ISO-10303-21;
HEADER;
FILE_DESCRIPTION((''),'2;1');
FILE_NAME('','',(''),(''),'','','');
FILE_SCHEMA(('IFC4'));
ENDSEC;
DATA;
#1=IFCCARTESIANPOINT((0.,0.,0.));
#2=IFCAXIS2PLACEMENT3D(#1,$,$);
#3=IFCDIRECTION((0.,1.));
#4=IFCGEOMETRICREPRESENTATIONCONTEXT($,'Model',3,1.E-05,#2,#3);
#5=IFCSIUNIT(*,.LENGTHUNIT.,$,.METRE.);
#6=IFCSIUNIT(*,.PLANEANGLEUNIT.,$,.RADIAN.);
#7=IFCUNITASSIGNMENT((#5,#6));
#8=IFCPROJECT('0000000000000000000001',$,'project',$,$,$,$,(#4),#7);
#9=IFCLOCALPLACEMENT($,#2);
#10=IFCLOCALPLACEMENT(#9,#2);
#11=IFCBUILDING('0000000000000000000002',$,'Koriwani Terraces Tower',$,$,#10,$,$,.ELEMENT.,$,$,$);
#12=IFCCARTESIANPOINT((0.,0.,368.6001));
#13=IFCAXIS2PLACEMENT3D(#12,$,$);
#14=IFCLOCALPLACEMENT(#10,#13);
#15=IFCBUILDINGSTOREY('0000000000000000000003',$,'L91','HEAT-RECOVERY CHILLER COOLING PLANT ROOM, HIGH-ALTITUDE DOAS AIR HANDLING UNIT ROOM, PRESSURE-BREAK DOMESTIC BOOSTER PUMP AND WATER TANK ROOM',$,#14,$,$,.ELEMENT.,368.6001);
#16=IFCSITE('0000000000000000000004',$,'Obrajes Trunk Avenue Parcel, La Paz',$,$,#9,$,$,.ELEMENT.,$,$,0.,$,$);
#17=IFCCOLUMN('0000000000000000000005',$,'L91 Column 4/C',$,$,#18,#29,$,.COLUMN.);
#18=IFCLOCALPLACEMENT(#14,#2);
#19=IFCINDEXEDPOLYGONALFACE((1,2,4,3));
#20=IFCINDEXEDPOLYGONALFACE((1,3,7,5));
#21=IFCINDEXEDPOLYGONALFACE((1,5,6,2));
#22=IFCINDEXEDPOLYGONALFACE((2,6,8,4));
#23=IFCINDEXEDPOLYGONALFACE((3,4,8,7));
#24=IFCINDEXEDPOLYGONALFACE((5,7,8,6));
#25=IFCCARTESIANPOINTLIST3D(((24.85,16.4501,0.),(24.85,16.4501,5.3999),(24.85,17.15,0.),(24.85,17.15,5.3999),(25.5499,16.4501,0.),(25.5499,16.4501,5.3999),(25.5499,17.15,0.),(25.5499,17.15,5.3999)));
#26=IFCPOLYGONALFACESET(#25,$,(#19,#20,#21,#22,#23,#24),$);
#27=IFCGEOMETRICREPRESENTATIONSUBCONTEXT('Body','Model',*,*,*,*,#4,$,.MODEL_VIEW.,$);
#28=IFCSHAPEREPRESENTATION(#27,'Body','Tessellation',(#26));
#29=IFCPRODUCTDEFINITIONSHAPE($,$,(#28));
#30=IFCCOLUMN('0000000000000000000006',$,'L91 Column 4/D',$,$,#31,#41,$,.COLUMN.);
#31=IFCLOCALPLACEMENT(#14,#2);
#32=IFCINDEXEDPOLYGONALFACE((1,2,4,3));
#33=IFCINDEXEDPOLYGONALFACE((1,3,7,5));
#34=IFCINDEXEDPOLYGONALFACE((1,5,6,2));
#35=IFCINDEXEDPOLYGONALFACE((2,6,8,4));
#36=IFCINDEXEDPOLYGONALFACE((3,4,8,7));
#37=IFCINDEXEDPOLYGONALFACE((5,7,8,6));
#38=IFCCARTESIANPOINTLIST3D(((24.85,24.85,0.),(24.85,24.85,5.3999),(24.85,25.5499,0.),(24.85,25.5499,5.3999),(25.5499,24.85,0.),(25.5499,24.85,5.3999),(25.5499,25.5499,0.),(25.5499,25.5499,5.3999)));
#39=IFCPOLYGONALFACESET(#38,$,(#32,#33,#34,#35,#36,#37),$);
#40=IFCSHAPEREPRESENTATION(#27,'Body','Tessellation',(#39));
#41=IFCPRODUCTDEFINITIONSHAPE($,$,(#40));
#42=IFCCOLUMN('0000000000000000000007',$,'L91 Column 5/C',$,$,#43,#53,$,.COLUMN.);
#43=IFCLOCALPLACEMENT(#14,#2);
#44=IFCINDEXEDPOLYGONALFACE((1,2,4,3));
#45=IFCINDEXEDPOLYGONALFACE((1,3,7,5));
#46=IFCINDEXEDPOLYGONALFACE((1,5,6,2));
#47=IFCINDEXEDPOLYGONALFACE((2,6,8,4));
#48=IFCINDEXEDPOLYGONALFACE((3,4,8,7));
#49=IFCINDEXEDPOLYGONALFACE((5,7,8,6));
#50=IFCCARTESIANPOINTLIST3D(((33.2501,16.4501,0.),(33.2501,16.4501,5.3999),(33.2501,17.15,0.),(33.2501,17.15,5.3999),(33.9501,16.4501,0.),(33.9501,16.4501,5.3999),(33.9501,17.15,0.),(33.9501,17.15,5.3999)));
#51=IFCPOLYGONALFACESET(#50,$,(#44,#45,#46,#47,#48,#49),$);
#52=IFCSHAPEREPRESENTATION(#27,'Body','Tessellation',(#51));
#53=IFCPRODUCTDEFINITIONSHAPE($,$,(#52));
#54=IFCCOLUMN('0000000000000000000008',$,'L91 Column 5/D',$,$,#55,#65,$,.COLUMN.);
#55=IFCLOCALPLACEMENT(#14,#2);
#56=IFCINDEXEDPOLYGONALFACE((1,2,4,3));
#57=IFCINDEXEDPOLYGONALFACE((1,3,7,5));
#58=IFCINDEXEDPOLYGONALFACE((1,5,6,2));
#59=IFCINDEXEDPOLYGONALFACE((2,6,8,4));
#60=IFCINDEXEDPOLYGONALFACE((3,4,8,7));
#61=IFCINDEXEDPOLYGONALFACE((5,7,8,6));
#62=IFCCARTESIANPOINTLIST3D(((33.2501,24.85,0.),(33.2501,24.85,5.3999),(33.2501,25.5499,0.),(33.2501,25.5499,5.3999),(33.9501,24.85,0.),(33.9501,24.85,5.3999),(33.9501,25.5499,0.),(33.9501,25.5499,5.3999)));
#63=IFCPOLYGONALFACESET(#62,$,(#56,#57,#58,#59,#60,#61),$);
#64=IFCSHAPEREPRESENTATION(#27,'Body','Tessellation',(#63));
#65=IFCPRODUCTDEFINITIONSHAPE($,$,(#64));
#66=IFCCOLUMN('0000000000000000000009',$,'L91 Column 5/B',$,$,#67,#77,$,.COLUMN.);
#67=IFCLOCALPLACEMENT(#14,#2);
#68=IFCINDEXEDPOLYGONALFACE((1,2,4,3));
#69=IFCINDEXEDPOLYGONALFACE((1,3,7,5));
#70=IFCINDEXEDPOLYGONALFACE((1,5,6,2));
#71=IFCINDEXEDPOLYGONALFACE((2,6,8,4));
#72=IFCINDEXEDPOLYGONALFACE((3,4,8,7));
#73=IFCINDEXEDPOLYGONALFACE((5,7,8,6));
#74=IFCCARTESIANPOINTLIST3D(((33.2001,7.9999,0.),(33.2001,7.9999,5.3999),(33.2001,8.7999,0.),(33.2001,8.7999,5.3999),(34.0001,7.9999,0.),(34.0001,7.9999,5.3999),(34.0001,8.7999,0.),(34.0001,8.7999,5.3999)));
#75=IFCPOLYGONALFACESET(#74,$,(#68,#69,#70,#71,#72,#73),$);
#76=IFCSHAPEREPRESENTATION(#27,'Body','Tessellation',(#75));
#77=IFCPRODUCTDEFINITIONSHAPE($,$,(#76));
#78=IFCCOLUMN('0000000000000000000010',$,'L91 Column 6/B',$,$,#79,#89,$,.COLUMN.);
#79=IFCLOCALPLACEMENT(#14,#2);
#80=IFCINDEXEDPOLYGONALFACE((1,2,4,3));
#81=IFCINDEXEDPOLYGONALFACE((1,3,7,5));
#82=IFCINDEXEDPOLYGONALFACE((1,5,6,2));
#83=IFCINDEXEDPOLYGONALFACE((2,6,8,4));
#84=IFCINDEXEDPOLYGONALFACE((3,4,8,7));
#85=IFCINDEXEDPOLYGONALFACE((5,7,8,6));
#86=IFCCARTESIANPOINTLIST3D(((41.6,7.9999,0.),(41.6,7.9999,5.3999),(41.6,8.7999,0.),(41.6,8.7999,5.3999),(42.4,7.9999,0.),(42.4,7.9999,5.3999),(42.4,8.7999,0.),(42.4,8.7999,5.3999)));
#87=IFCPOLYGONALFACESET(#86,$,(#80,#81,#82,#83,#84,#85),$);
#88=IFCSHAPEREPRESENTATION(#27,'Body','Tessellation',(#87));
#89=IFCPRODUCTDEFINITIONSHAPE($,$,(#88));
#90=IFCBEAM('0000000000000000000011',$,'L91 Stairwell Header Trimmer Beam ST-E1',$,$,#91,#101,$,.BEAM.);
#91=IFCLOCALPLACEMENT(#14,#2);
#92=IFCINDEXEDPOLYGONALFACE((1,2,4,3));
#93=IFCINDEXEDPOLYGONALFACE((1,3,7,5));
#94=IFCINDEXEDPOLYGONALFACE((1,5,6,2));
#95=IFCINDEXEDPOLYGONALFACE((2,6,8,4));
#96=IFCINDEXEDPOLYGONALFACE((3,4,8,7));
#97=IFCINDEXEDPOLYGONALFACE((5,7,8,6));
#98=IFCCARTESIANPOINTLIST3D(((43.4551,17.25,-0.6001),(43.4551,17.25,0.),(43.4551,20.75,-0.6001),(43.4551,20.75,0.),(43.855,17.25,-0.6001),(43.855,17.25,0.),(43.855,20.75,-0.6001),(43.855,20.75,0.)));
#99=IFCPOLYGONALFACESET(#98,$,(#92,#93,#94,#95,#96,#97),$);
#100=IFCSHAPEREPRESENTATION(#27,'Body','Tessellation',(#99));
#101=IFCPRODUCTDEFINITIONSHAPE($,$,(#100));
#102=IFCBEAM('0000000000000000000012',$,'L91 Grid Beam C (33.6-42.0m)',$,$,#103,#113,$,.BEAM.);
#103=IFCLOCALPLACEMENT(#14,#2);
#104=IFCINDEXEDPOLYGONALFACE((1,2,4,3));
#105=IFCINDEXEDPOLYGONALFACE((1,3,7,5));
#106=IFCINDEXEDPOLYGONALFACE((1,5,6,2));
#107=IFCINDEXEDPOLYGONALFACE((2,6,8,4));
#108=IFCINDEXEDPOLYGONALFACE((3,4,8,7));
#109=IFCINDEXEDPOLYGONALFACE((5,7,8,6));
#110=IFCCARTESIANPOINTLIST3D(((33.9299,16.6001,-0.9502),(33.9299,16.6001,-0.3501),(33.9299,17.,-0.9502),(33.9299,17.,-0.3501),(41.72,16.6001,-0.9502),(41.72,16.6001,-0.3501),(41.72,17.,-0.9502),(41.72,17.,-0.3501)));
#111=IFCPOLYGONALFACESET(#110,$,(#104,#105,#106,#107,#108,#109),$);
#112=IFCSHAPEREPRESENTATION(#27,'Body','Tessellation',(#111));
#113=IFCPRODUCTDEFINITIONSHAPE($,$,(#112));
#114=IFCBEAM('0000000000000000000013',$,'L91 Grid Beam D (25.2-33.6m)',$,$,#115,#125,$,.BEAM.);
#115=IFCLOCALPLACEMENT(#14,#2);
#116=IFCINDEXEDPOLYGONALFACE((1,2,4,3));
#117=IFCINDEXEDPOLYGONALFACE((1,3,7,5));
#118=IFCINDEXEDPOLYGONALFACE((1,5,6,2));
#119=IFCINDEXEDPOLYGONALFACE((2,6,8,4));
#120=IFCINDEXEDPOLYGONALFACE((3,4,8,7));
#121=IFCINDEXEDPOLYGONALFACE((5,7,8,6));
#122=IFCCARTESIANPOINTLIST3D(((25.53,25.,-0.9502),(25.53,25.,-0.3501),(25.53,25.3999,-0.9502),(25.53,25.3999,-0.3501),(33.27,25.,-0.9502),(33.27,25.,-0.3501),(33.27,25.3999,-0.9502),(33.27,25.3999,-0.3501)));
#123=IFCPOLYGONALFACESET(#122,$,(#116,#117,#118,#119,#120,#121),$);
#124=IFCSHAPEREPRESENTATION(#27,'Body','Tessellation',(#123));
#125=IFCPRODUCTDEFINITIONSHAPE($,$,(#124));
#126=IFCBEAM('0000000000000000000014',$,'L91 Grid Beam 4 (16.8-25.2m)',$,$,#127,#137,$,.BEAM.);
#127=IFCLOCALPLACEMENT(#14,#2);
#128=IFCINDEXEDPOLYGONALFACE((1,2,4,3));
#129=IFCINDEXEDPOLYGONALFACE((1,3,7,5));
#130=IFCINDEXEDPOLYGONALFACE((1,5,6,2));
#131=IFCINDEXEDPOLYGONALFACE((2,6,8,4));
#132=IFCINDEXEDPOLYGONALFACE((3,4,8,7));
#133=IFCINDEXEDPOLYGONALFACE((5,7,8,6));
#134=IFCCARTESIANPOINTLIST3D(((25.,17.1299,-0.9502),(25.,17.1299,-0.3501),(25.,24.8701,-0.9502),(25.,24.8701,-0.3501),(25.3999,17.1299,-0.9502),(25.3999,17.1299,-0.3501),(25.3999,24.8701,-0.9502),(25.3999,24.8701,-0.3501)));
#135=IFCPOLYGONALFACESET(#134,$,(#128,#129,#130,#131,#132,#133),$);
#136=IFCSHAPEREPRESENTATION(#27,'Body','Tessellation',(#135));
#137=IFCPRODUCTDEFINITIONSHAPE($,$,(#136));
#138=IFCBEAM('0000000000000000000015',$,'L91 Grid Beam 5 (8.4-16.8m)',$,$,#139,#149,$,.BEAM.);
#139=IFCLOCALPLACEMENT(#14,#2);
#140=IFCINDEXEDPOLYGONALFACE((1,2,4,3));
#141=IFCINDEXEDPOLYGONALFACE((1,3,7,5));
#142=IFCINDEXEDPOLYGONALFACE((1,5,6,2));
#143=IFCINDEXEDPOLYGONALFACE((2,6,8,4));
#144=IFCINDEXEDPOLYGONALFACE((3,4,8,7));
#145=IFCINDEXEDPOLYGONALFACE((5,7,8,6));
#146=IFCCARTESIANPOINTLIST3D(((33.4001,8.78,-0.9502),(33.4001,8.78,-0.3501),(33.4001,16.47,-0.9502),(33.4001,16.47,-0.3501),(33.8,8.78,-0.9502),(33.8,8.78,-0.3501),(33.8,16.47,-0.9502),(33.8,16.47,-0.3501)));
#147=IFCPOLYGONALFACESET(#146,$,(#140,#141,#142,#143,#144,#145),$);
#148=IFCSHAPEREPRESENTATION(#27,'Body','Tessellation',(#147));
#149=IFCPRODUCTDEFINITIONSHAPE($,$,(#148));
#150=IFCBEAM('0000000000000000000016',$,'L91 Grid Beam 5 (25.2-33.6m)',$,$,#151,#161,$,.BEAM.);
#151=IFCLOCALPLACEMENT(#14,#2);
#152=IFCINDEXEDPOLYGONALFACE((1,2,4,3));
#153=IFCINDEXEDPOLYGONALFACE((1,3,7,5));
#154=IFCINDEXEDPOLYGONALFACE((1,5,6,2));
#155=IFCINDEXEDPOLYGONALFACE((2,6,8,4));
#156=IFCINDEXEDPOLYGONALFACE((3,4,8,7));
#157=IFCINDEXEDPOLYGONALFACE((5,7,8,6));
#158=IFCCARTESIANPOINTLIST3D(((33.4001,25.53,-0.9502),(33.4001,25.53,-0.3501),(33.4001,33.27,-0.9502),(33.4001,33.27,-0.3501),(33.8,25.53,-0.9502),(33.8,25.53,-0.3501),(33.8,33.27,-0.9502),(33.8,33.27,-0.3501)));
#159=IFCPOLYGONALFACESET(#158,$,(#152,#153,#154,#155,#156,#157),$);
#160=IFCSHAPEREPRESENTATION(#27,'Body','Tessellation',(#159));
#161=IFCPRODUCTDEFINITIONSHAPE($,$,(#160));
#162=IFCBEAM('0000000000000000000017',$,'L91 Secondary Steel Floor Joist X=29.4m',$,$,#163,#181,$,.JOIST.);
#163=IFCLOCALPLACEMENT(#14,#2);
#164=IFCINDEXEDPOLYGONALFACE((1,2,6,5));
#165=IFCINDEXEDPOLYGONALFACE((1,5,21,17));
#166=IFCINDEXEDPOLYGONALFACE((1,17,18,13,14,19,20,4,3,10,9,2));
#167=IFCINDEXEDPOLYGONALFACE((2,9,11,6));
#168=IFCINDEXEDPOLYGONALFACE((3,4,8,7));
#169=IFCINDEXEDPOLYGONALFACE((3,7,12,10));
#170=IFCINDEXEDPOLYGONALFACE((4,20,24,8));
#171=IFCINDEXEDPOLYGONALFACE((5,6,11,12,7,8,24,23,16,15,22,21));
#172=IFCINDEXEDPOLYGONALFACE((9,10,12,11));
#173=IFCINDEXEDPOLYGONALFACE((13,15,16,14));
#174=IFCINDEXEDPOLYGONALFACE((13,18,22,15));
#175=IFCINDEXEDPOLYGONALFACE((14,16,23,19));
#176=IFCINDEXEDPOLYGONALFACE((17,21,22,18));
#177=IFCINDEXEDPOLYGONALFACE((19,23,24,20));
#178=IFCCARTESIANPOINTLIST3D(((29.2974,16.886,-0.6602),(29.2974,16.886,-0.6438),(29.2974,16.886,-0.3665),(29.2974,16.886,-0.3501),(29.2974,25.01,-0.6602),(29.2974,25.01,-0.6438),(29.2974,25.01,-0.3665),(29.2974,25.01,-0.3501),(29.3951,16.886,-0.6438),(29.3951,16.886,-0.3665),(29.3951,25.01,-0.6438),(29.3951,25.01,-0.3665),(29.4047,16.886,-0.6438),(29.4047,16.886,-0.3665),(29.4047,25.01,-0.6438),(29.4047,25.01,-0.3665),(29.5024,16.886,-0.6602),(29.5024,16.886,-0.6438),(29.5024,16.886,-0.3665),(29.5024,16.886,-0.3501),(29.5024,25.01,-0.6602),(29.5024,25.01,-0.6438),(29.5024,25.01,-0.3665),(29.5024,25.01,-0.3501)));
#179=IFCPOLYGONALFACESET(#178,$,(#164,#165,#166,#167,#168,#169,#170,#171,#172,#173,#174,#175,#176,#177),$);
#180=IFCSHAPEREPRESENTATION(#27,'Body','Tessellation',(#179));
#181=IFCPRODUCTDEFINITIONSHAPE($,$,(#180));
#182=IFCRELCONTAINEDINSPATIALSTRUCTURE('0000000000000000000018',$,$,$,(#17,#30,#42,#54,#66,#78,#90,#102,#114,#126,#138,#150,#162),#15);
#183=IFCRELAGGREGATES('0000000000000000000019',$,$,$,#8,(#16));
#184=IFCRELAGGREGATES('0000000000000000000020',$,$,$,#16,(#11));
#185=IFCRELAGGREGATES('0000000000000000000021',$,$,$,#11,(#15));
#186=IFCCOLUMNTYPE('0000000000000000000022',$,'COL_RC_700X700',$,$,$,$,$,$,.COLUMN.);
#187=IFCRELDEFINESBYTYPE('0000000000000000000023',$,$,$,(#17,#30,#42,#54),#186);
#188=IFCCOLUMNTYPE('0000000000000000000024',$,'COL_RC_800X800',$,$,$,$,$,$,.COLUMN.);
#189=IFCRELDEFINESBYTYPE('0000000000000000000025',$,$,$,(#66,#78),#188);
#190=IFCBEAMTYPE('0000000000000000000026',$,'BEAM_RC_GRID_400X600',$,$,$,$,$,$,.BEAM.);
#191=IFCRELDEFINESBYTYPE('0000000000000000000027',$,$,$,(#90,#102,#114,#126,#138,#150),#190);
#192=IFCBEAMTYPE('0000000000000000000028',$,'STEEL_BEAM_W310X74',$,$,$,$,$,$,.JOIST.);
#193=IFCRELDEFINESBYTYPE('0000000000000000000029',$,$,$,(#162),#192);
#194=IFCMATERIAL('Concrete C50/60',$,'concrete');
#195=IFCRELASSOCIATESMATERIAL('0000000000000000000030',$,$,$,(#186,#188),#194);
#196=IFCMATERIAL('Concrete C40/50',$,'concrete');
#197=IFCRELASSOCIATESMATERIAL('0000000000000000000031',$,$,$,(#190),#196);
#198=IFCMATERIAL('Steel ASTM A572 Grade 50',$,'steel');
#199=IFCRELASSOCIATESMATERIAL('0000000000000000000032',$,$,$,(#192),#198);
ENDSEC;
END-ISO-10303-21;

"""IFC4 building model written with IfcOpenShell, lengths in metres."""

from ifc_helpers import new_model, si_unit, direction, frame, origin, origin_2d, place, context, subcontext, project, spatial, rectangle, i_section, extrude, material, material_profile, profile_set, type_object, element, save


model = new_model("IFC4")

# Units and contexts
model_context = context("Model", 3, precision=1e-05, world=origin(), true_north=direction((0.0, 1.0)))
body_context = subcontext(model_context, "Body", "Model", "MODEL_VIEW")
ifc_project = project(units=[si_unit("LENGTHUNIT", "METRE"), si_unit("PLANEANGLEUNIT", "RADIAN")], contexts=[model_context])

# Site, building, storey
site_placement = place(None, origin())
site = spatial("IfcSite", under=ifc_project, at=site_placement, Name="Obrajes Trunk Avenue Parcel, La Paz", CompositionType="ELEMENT", RefElevation=0.0)
building_placement = place(site_placement, origin())
building = spatial("IfcBuilding", under=site, at=building_placement, Name="Koriwani Terraces Tower", CompositionType="ELEMENT")
storey_placement = place(building_placement, frame((0.0, 0.0, 368.6001)))
storey = spatial("IfcBuildingStorey", under=building, at=storey_placement, Name="L91", Description="HEAT-RECOVERY CHILLER COOLING PLANT ROOM, HIGH-ALTITUDE DOAS AIR HANDLING UNIT ROOM, PRESSURE-BREAK DOMESTIC BOOSTER PUMP AND WATER TANK ROOM", CompositionType="ELEMENT", Elevation=368.6001)

# Columns
ifc_material_1 = material(Name="Concrete C50/60", Category="concrete")
ifc_material_profile_1 = material_profile(ifc_material_1, rectangle(XDim=0.7, YDim=0.7, at=origin_2d()), Name="Concrete C50/60", Category="LoadBearing")
ifc_profile_set_1 = profile_set([ifc_material_profile_1], Name="Concrete C50/60")
column_type_1 = type_object("IfcColumnType", Name="COL_RC_700X700", PredefinedType="COLUMN", material=ifc_profile_set_1)
for number, where, z_axis, x_axis, name in (
    (1, (25.2, 16.8, 0.0), (0.0, 0.0, 1.0), (1.0, 0.0, 0.0), "L91 Column 4/C"),
    (2, (25.2, 25.2, 0.0), (0.0, 0.0, 1.0), (1.0, 0.0, 0.0), "L91 Column 4/D"),
    (3, (33.6001, 16.8, 0.0), (0.0, 0.0, 1.0), (1.0, 0.0, 0.0), "L91 Column 5/C"),
    (4, (33.6001, 25.2, 0.0), (0.0, 0.0, 1.0), (1.0, 0.0, 0.0), "L91 Column 5/D"),
):
    element("IfcColumn", number, at=place(storey_placement, frame(where, z_axis=z_axis, x_axis=x_axis)), inside=storey, type_object=column_type_1, Name=name, PredefinedType="COLUMN", context=body_context, shape_type="SweptSolid", body=[
        extrude(rectangle(XDim=0.7, YDim=0.7, at=origin_2d()), origin(), (0.0, 0.0, 1.0), 5.3999),
    ])
ifc_material_profile_2 = material_profile(ifc_material_1, rectangle(XDim=0.8, YDim=0.8, at=origin_2d()), Name="Concrete C50/60", Category="LoadBearing")
ifc_profile_set_2 = profile_set([ifc_material_profile_2], Name="Concrete C50/60")
column_type_2 = type_object("IfcColumnType", Name="COL_RC_800X800", PredefinedType="COLUMN", material=ifc_profile_set_2)
for number, where, z_axis, x_axis, name in (
    (5, (33.6001, 8.3999, 0.0), (0.0, 0.0, 1.0), (1.0, 0.0, 0.0), "L91 Column 5/B"),
    (6, (42.0, 8.3999, 0.0), (0.0, 0.0, 1.0), (1.0, 0.0, 0.0), "L91 Column 6/B"),
):
    element("IfcColumn", number, at=place(storey_placement, frame(where, z_axis=z_axis, x_axis=x_axis)), inside=storey, type_object=column_type_2, Name=name, PredefinedType="COLUMN", context=body_context, shape_type="SweptSolid", body=[
        extrude(rectangle(XDim=0.8, YDim=0.8, at=origin_2d()), origin(), (0.0, 0.0, 1.0), 5.3999),
    ])

# Beams
ifc_material_2 = material(Name="Concrete C40/50", Category="concrete")
ifc_material_profile_3 = material_profile(ifc_material_2, rectangle(XDim=0.3999, YDim=0.6001, at=origin_2d()), Name="Concrete C40/50", Category="LoadBearing")
ifc_profile_set_3 = profile_set([ifc_material_profile_3], Name="Concrete C40/50")
beam_type_1 = type_object("IfcBeamType", Name="BEAM_RC_GRID_400X600", PredefinedType="BEAM", material=ifc_profile_set_3)
beam_1_placement = place(storey_placement, frame((43.655, 17.25, -0.3), z_axis=(0.0, 1.0, 0.0), x_axis=(-1.0, 0.0, 0.0)))
element("IfcBeam", 7, at=beam_1_placement, inside=storey, type_object=beam_type_1, Name="L91 Stairwell Header Trimmer Beam ST-E1", PredefinedType="BEAM", context=body_context, shape_type="SweptSolid", body=[
    extrude(rectangle(XDim=0.3999, YDim=0.6001, at=origin_2d()), origin(), (0.0, 0.0, 1.0), 3.5),
])
beam_2_placement = place(storey_placement, frame((33.9299, 16.8, -0.6501), z_axis=(1.0, 0.0, 0.0), x_axis=(0.0, 1.0, 0.0)))
element("IfcBeam", 8, at=beam_2_placement, inside=storey, type_object=beam_type_1, Name="L91 Grid Beam C (33.6-42.0m)", PredefinedType="BEAM", context=body_context, shape_type="SweptSolid", body=[
    extrude(rectangle(XDim=0.3999, YDim=0.6001, at=origin_2d()), origin(), (0.0, 0.0, 1.0), 7.79),
])
beam_3_placement = place(storey_placement, frame((25.53, 25.2, -0.6501), z_axis=(1.0, 0.0, 0.0), x_axis=(0.0, 1.0, 0.0)))
element("IfcBeam", 9, at=beam_3_placement, inside=storey, type_object=beam_type_1, Name="L91 Grid Beam D (25.2-33.6m)", PredefinedType="BEAM", context=body_context, shape_type="SweptSolid", body=[
    extrude(rectangle(XDim=0.3999, YDim=0.6001, at=origin_2d()), origin(), (0.0, 0.0, 1.0), 7.74),
])
beam_4_placement = place(storey_placement, frame((25.2, 17.1299, -0.6501), z_axis=(0.0, 1.0, 0.0), x_axis=(-1.0, 0.0, 0.0)))
element("IfcBeam", 10, at=beam_4_placement, inside=storey, type_object=beam_type_1, Name="L91 Grid Beam 4 (16.8-25.2m)", PredefinedType="BEAM", context=body_context, shape_type="SweptSolid", body=[
    extrude(rectangle(XDim=0.3999, YDim=0.6001, at=origin_2d()), origin(), (0.0, 0.0, 1.0), 7.7402),
])
beam_5_placement = place(storey_placement, frame((33.6001, 8.78, -0.6501), z_axis=(0.0, 1.0, 0.0), x_axis=(-1.0, 0.0, 0.0)))
element("IfcBeam", 11, at=beam_5_placement, inside=storey, type_object=beam_type_1, Name="L91 Grid Beam 5 (8.4-16.8m)", PredefinedType="BEAM", context=body_context, shape_type="SweptSolid", body=[
    extrude(rectangle(XDim=0.3999, YDim=0.6001, at=origin_2d()), origin(), (0.0, 0.0, 1.0), 7.6899),
])
beam_6_placement = place(storey_placement, frame((33.6001, 25.53, -0.6501), z_axis=(0.0, 1.0, 0.0), x_axis=(-1.0, 0.0, 0.0)))
element("IfcBeam", 12, at=beam_6_placement, inside=storey, type_object=beam_type_1, Name="L91 Grid Beam 5 (25.2-33.6m)", PredefinedType="BEAM", context=body_context, shape_type="SweptSolid", body=[
    extrude(rectangle(XDim=0.3999, YDim=0.6001, at=origin_2d()), origin(), (0.0, 0.0, 1.0), 7.74),
])
ifc_material_3 = material(Name="Steel ASTM A572 Grade 50", Category="steel")
ifc_material_profile_4 = material_profile(ifc_material_3, i_section(OverallWidth=0.2051, OverallDepth=0.3101, WebThickness=0.0095, FlangeThickness=0.0164, at=origin_2d()), Name="Steel ASTM A572 Grade 50", Category="LoadBearing")
ifc_profile_set_4 = profile_set([ifc_material_profile_4], Name="Steel ASTM A572 Grade 50")
beam_type_2 = type_object("IfcBeamType", Name="STEEL_BEAM_W310X74", PredefinedType="JOIST", material=ifc_profile_set_4)
beam_7_placement = place(storey_placement, frame((29.3999, 16.886, -0.5051), z_axis=(0.0, 1.0, 0.0), x_axis=(-1.0, 0.0, 0.0)))
element("IfcBeam", 13, at=beam_7_placement, inside=storey, type_object=beam_type_2, Name="L91 Secondary Steel Floor Joist X=29.4m", PredefinedType="JOIST", context=body_context, shape_type="SweptSolid", body=[
    extrude(i_section(OverallWidth=0.2051, OverallDepth=0.3101, WebThickness=0.0095, FlangeThickness=0.0164, at=origin_2d()), origin(), (0.0, 0.0, 1.0), 8.124),
])

save(model, "model.ifc")
